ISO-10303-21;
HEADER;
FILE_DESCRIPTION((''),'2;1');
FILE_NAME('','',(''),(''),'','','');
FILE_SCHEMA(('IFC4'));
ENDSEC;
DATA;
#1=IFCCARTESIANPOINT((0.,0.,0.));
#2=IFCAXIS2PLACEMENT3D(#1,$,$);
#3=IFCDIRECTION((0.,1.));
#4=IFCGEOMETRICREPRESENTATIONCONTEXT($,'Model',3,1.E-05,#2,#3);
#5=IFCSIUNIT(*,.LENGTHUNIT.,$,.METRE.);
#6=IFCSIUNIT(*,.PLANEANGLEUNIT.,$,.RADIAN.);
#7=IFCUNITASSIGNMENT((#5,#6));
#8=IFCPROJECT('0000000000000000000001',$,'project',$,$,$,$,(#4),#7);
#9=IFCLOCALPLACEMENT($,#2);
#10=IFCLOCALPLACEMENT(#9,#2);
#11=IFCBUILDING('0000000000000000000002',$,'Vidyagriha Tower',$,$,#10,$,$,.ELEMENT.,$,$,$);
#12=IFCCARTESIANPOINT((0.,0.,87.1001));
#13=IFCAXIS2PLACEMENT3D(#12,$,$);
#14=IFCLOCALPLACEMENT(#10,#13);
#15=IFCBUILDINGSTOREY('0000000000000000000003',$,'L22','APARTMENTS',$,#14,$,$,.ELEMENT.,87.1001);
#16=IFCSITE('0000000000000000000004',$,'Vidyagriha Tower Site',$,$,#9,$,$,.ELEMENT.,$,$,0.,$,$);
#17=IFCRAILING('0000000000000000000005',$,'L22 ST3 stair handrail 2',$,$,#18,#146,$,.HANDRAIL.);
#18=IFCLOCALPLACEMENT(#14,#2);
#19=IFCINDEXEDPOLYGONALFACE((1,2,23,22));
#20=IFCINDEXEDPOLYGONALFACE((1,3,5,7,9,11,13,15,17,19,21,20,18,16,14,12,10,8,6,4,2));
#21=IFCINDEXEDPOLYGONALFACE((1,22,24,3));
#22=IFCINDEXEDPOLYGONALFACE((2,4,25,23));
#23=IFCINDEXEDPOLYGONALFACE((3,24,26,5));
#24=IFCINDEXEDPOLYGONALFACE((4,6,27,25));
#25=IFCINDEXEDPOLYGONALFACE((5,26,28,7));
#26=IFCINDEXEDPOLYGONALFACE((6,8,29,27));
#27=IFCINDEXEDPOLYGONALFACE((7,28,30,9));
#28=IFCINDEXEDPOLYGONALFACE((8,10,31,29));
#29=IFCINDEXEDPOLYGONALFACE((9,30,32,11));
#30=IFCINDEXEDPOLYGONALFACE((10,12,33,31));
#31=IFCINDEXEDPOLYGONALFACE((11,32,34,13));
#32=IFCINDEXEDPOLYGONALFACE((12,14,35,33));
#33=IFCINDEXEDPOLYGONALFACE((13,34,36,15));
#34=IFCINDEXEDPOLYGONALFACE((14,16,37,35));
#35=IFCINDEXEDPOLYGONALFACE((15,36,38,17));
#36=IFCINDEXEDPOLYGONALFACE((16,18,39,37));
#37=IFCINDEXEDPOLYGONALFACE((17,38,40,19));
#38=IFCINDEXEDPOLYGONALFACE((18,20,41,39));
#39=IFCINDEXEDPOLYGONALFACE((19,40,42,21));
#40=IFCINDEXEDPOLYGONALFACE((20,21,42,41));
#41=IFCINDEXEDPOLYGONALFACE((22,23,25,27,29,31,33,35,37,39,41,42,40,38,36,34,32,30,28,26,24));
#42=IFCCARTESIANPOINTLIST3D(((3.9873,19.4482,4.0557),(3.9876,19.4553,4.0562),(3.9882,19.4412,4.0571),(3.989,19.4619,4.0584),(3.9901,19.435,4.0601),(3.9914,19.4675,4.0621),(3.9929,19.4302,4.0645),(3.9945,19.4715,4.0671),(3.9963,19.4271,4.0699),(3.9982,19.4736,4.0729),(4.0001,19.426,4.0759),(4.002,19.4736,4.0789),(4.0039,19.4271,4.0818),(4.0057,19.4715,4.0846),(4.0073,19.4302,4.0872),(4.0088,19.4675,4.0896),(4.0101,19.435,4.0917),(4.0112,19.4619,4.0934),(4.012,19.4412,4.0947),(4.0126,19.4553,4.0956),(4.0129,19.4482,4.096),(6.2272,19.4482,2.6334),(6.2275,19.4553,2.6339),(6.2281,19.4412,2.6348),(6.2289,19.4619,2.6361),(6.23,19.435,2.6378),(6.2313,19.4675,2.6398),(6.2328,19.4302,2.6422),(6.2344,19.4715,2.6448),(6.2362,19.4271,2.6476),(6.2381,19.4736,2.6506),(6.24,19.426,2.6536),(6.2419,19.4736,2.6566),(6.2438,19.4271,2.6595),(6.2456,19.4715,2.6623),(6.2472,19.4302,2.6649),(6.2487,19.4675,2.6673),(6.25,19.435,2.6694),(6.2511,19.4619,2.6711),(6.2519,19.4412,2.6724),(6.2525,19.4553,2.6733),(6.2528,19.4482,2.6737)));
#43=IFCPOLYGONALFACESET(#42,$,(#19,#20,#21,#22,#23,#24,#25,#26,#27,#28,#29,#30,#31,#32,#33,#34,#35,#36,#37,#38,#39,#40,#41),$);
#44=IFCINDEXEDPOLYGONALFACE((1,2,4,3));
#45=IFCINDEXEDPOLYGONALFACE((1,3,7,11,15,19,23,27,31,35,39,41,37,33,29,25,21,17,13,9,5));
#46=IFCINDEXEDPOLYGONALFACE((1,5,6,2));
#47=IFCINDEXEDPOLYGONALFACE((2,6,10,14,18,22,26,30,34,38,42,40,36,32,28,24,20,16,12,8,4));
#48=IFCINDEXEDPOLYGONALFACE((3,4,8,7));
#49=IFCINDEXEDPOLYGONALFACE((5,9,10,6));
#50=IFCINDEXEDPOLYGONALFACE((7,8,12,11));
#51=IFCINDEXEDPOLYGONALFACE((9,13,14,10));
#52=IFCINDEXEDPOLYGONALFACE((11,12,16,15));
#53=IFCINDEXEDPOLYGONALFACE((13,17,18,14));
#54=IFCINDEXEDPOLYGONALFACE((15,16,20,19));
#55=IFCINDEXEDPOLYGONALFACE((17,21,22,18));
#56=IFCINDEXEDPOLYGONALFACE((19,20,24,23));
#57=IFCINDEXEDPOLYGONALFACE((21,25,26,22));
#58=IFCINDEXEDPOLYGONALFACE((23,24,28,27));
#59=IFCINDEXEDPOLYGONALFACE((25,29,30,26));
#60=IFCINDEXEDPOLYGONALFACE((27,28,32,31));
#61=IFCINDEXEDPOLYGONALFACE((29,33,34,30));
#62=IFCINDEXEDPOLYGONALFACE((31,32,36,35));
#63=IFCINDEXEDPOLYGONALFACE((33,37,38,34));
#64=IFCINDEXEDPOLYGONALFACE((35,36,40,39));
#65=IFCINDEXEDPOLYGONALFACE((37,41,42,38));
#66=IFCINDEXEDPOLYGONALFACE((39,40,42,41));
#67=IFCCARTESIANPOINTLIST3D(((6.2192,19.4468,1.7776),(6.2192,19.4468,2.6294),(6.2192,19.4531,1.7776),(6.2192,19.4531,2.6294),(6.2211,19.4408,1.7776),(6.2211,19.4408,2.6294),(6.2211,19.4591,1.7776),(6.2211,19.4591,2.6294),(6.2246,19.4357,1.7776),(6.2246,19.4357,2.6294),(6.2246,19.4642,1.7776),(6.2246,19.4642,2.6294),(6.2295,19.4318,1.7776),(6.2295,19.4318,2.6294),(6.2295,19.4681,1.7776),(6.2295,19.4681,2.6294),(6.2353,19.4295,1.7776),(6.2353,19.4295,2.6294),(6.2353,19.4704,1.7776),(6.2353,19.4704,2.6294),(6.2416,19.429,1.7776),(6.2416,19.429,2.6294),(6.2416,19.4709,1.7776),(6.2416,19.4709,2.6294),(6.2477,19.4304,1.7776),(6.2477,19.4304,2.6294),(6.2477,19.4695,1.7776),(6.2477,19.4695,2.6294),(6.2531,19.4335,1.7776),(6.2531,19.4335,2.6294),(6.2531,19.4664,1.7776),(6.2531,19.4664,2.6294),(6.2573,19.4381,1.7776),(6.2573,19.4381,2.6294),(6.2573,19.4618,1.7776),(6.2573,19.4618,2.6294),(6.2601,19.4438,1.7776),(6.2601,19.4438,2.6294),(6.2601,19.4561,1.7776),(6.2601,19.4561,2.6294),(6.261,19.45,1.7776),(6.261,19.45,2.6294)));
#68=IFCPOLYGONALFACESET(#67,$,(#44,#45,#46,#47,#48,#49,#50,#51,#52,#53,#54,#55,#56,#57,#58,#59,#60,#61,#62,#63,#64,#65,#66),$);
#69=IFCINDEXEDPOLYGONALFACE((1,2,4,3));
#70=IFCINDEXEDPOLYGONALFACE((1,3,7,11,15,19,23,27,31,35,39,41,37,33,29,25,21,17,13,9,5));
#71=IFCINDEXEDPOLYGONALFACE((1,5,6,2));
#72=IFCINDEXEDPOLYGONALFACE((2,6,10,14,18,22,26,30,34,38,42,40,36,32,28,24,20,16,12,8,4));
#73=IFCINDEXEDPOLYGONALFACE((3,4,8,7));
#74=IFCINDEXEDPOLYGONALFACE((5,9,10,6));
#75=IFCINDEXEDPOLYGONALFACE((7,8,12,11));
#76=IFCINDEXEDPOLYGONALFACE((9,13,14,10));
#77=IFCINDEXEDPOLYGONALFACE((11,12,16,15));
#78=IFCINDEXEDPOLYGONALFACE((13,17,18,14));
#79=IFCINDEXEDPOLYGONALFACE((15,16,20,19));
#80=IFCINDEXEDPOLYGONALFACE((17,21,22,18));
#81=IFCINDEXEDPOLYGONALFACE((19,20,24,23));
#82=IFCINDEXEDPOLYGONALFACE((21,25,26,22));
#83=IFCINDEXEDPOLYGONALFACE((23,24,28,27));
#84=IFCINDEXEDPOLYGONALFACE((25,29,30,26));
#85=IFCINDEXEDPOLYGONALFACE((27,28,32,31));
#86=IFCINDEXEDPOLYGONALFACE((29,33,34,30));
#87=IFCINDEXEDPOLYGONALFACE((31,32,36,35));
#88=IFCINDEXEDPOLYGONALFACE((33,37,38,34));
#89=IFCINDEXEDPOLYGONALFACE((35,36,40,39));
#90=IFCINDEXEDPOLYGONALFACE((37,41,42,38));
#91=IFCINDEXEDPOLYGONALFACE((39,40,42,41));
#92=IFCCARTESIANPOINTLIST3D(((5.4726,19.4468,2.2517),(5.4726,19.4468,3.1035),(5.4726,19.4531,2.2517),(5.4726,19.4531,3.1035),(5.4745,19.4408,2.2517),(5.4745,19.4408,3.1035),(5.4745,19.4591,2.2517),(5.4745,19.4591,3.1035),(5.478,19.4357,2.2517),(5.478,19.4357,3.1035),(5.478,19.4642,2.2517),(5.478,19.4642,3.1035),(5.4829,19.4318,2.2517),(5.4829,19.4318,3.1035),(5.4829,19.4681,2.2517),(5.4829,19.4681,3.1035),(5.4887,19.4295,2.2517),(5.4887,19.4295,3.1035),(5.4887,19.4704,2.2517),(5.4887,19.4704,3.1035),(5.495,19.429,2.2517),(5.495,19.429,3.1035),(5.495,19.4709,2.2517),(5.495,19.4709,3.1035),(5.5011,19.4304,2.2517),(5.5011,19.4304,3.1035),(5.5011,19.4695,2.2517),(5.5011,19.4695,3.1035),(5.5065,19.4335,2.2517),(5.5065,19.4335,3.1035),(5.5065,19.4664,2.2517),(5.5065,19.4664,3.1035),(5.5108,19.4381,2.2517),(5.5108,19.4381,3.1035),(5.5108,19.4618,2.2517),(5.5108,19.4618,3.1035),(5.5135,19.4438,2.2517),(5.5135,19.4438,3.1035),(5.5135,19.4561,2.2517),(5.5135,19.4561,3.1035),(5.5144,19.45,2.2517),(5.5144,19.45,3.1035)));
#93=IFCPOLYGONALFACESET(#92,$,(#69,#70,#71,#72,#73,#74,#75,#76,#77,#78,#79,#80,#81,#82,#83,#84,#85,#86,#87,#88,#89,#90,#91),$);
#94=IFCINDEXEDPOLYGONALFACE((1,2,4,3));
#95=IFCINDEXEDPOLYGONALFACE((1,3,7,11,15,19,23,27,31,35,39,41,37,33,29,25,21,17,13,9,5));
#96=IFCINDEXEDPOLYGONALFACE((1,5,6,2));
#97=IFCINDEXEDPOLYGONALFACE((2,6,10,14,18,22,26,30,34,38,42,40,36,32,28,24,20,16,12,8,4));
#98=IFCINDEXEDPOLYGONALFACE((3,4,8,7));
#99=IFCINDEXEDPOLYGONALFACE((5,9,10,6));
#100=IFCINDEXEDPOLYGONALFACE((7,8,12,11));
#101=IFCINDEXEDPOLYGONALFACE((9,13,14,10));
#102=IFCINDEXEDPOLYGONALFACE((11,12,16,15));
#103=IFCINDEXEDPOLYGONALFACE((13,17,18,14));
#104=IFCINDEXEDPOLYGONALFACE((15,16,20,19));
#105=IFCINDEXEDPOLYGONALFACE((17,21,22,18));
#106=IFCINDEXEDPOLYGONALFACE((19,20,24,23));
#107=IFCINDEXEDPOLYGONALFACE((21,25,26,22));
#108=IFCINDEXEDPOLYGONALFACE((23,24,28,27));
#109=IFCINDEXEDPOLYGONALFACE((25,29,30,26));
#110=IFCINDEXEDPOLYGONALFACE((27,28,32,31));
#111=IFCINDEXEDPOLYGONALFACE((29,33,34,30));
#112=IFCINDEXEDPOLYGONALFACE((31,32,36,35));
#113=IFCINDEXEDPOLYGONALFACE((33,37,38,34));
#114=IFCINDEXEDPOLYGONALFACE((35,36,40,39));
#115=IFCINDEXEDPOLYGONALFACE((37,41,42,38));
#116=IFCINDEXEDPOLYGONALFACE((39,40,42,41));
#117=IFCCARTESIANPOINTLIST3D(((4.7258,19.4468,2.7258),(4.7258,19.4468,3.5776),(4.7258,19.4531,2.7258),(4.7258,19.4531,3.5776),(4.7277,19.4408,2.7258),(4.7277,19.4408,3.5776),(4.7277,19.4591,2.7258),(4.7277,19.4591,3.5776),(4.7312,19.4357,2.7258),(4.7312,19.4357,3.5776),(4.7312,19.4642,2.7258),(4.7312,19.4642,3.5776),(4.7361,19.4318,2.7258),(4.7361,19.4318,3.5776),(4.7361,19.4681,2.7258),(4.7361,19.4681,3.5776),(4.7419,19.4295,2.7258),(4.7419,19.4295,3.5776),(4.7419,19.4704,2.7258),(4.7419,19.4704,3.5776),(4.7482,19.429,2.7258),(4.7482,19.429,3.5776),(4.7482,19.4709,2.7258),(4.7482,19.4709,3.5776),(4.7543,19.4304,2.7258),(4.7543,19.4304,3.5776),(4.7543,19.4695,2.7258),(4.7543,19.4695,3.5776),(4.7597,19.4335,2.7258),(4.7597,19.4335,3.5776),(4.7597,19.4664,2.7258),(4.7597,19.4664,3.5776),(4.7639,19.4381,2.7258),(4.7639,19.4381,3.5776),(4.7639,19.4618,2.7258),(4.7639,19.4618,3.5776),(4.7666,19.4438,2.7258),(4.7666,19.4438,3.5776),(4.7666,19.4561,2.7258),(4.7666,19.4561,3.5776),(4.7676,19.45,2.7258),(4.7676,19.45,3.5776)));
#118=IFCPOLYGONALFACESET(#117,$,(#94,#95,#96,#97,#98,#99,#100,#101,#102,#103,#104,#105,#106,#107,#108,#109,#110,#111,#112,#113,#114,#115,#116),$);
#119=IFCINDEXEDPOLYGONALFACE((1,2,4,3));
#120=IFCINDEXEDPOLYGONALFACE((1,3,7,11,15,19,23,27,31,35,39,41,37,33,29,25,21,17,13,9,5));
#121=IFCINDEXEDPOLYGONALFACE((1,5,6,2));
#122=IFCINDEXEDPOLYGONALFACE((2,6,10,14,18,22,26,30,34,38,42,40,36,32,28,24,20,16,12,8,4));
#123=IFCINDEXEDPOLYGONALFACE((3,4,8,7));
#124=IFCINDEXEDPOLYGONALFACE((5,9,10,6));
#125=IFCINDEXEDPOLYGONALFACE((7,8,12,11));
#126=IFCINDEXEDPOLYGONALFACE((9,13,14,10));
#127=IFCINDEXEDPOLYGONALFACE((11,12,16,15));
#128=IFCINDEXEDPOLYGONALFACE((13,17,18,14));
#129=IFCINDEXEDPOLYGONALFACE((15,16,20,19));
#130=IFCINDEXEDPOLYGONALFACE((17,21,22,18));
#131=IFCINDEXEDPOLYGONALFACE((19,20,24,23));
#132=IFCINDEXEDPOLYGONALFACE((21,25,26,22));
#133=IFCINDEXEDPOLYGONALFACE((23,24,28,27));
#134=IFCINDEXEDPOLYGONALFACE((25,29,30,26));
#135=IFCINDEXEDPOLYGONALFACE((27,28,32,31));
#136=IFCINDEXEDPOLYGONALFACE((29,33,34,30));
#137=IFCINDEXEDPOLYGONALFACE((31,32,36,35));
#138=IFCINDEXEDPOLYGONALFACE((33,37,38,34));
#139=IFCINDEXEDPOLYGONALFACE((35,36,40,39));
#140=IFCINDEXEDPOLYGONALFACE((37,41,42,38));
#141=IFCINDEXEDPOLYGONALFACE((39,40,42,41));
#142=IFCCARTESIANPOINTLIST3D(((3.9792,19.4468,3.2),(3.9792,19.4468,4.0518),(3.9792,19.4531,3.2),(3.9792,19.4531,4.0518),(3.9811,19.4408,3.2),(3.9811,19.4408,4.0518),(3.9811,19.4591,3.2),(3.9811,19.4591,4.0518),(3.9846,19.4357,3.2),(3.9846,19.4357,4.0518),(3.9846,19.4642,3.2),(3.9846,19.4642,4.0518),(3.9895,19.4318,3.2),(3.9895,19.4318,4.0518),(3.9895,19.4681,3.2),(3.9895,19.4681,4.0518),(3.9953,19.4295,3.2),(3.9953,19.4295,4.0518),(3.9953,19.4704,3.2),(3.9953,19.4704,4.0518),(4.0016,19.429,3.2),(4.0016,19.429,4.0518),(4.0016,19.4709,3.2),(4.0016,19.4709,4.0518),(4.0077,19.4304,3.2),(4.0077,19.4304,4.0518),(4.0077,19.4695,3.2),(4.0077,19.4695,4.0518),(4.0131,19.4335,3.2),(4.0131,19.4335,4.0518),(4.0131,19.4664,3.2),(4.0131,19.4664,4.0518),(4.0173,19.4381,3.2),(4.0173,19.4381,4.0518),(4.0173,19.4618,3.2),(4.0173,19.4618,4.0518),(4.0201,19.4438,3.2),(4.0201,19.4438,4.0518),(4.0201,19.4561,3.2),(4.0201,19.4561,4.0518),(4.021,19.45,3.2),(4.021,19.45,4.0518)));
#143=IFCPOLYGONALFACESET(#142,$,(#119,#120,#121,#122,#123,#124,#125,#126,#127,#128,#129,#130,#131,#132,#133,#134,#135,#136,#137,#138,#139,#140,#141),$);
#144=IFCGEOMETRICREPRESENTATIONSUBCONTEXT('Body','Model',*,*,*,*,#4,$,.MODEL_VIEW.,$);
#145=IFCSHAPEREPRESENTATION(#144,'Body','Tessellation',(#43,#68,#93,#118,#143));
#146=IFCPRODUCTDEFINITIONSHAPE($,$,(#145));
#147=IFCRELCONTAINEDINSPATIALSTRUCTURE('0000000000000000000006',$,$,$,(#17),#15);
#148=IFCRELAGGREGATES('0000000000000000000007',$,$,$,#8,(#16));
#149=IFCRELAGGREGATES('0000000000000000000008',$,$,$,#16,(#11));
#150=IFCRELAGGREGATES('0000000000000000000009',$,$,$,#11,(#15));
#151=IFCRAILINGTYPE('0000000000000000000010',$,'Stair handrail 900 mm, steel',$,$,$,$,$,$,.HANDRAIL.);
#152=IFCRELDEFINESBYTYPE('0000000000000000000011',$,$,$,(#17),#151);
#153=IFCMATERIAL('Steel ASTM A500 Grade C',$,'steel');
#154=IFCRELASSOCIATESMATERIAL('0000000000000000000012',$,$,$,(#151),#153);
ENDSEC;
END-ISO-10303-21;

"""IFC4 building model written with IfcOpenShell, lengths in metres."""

from ifc_helpers import new_model, si_unit, direction, frame, origin, origin_2d, place, context, subcontext, project, spatial, circle, extrude, material, type_object, element, save


model = new_model("IFC4")

# Units and contexts
model_context = context("Model", 3, precision=1e-05, world=origin(), true_north=direction((0.0, 1.0)))
body_context = subcontext(model_context, "Body", "Model", "MODEL_VIEW")
ifc_project = project(units=[si_unit("LENGTHUNIT", "METRE"), si_unit("PLANEANGLEUNIT", "RADIAN")], contexts=[model_context])

# Site, building, storey
site_placement = place(None, origin())
site = spatial("IfcSite", under=ifc_project, at=site_placement, Name="Vidyagriha Tower Site", CompositionType="ELEMENT", RefElevation=0.0)
building_placement = place(site_placement, origin())
building = spatial("IfcBuilding", under=site, at=building_placement, Name="Vidyagriha Tower", CompositionType="ELEMENT")
storey_placement = place(building_placement, frame((0.0, 0.0, 87.1001)))
storey = spatial("IfcBuildingStorey", under=building, at=storey_placement, Name="L22", Description="APARTMENTS", CompositionType="ELEMENT", Elevation=87.1001)

# Railing
ifc_material_1 = material(Name="Steel ASTM A500 Grade C", Category="steel")
railing_type_1 = type_object("IfcRailingType", Name="Stair handrail 900 mm, steel", PredefinedType="HANDRAIL", material=ifc_material_1)
railing_1_placement = place(storey_placement, frame((6.24, 19.45, 1.7776)))
element("IfcRailing", 1, at=railing_1_placement, inside=storey, type_object=railing_type_1, Name="L22 ST3 stair handrail 2", PredefinedType="HANDRAIL", context=body_context, shape_type="SweptSolid", body=[
    extrude(circle(Radius=0.0239, at=origin_2d()), frame((0.0, 0.0, 0.876), z_axis=(-0.844188, 0.0, 0.536048), x_axis=(0.0, -1.0, 0.0)), (0.0, 0.0, 1.0), 2.6533),
    extrude(circle(Radius=0.021, at=origin_2d()), origin(), (0.0, 0.0, 1.0), 0.8518),
    extrude(circle(Radius=0.021, at=origin_2d()), frame((-0.7466, 0.0, 0.4741)), (0.0, 0.0, 1.0), 0.8518),
    extrude(circle(Radius=0.021, at=origin_2d()), frame((-1.4934, 0.0, 0.9482)), (0.0, 0.0, 1.0), 0.8518),
    extrude(circle(Radius=0.021, at=origin_2d()), frame((-2.24, 0.0, 1.4224)), (0.0, 0.0, 1.0), 0.8518),
])

save(model, "model.ifc")
